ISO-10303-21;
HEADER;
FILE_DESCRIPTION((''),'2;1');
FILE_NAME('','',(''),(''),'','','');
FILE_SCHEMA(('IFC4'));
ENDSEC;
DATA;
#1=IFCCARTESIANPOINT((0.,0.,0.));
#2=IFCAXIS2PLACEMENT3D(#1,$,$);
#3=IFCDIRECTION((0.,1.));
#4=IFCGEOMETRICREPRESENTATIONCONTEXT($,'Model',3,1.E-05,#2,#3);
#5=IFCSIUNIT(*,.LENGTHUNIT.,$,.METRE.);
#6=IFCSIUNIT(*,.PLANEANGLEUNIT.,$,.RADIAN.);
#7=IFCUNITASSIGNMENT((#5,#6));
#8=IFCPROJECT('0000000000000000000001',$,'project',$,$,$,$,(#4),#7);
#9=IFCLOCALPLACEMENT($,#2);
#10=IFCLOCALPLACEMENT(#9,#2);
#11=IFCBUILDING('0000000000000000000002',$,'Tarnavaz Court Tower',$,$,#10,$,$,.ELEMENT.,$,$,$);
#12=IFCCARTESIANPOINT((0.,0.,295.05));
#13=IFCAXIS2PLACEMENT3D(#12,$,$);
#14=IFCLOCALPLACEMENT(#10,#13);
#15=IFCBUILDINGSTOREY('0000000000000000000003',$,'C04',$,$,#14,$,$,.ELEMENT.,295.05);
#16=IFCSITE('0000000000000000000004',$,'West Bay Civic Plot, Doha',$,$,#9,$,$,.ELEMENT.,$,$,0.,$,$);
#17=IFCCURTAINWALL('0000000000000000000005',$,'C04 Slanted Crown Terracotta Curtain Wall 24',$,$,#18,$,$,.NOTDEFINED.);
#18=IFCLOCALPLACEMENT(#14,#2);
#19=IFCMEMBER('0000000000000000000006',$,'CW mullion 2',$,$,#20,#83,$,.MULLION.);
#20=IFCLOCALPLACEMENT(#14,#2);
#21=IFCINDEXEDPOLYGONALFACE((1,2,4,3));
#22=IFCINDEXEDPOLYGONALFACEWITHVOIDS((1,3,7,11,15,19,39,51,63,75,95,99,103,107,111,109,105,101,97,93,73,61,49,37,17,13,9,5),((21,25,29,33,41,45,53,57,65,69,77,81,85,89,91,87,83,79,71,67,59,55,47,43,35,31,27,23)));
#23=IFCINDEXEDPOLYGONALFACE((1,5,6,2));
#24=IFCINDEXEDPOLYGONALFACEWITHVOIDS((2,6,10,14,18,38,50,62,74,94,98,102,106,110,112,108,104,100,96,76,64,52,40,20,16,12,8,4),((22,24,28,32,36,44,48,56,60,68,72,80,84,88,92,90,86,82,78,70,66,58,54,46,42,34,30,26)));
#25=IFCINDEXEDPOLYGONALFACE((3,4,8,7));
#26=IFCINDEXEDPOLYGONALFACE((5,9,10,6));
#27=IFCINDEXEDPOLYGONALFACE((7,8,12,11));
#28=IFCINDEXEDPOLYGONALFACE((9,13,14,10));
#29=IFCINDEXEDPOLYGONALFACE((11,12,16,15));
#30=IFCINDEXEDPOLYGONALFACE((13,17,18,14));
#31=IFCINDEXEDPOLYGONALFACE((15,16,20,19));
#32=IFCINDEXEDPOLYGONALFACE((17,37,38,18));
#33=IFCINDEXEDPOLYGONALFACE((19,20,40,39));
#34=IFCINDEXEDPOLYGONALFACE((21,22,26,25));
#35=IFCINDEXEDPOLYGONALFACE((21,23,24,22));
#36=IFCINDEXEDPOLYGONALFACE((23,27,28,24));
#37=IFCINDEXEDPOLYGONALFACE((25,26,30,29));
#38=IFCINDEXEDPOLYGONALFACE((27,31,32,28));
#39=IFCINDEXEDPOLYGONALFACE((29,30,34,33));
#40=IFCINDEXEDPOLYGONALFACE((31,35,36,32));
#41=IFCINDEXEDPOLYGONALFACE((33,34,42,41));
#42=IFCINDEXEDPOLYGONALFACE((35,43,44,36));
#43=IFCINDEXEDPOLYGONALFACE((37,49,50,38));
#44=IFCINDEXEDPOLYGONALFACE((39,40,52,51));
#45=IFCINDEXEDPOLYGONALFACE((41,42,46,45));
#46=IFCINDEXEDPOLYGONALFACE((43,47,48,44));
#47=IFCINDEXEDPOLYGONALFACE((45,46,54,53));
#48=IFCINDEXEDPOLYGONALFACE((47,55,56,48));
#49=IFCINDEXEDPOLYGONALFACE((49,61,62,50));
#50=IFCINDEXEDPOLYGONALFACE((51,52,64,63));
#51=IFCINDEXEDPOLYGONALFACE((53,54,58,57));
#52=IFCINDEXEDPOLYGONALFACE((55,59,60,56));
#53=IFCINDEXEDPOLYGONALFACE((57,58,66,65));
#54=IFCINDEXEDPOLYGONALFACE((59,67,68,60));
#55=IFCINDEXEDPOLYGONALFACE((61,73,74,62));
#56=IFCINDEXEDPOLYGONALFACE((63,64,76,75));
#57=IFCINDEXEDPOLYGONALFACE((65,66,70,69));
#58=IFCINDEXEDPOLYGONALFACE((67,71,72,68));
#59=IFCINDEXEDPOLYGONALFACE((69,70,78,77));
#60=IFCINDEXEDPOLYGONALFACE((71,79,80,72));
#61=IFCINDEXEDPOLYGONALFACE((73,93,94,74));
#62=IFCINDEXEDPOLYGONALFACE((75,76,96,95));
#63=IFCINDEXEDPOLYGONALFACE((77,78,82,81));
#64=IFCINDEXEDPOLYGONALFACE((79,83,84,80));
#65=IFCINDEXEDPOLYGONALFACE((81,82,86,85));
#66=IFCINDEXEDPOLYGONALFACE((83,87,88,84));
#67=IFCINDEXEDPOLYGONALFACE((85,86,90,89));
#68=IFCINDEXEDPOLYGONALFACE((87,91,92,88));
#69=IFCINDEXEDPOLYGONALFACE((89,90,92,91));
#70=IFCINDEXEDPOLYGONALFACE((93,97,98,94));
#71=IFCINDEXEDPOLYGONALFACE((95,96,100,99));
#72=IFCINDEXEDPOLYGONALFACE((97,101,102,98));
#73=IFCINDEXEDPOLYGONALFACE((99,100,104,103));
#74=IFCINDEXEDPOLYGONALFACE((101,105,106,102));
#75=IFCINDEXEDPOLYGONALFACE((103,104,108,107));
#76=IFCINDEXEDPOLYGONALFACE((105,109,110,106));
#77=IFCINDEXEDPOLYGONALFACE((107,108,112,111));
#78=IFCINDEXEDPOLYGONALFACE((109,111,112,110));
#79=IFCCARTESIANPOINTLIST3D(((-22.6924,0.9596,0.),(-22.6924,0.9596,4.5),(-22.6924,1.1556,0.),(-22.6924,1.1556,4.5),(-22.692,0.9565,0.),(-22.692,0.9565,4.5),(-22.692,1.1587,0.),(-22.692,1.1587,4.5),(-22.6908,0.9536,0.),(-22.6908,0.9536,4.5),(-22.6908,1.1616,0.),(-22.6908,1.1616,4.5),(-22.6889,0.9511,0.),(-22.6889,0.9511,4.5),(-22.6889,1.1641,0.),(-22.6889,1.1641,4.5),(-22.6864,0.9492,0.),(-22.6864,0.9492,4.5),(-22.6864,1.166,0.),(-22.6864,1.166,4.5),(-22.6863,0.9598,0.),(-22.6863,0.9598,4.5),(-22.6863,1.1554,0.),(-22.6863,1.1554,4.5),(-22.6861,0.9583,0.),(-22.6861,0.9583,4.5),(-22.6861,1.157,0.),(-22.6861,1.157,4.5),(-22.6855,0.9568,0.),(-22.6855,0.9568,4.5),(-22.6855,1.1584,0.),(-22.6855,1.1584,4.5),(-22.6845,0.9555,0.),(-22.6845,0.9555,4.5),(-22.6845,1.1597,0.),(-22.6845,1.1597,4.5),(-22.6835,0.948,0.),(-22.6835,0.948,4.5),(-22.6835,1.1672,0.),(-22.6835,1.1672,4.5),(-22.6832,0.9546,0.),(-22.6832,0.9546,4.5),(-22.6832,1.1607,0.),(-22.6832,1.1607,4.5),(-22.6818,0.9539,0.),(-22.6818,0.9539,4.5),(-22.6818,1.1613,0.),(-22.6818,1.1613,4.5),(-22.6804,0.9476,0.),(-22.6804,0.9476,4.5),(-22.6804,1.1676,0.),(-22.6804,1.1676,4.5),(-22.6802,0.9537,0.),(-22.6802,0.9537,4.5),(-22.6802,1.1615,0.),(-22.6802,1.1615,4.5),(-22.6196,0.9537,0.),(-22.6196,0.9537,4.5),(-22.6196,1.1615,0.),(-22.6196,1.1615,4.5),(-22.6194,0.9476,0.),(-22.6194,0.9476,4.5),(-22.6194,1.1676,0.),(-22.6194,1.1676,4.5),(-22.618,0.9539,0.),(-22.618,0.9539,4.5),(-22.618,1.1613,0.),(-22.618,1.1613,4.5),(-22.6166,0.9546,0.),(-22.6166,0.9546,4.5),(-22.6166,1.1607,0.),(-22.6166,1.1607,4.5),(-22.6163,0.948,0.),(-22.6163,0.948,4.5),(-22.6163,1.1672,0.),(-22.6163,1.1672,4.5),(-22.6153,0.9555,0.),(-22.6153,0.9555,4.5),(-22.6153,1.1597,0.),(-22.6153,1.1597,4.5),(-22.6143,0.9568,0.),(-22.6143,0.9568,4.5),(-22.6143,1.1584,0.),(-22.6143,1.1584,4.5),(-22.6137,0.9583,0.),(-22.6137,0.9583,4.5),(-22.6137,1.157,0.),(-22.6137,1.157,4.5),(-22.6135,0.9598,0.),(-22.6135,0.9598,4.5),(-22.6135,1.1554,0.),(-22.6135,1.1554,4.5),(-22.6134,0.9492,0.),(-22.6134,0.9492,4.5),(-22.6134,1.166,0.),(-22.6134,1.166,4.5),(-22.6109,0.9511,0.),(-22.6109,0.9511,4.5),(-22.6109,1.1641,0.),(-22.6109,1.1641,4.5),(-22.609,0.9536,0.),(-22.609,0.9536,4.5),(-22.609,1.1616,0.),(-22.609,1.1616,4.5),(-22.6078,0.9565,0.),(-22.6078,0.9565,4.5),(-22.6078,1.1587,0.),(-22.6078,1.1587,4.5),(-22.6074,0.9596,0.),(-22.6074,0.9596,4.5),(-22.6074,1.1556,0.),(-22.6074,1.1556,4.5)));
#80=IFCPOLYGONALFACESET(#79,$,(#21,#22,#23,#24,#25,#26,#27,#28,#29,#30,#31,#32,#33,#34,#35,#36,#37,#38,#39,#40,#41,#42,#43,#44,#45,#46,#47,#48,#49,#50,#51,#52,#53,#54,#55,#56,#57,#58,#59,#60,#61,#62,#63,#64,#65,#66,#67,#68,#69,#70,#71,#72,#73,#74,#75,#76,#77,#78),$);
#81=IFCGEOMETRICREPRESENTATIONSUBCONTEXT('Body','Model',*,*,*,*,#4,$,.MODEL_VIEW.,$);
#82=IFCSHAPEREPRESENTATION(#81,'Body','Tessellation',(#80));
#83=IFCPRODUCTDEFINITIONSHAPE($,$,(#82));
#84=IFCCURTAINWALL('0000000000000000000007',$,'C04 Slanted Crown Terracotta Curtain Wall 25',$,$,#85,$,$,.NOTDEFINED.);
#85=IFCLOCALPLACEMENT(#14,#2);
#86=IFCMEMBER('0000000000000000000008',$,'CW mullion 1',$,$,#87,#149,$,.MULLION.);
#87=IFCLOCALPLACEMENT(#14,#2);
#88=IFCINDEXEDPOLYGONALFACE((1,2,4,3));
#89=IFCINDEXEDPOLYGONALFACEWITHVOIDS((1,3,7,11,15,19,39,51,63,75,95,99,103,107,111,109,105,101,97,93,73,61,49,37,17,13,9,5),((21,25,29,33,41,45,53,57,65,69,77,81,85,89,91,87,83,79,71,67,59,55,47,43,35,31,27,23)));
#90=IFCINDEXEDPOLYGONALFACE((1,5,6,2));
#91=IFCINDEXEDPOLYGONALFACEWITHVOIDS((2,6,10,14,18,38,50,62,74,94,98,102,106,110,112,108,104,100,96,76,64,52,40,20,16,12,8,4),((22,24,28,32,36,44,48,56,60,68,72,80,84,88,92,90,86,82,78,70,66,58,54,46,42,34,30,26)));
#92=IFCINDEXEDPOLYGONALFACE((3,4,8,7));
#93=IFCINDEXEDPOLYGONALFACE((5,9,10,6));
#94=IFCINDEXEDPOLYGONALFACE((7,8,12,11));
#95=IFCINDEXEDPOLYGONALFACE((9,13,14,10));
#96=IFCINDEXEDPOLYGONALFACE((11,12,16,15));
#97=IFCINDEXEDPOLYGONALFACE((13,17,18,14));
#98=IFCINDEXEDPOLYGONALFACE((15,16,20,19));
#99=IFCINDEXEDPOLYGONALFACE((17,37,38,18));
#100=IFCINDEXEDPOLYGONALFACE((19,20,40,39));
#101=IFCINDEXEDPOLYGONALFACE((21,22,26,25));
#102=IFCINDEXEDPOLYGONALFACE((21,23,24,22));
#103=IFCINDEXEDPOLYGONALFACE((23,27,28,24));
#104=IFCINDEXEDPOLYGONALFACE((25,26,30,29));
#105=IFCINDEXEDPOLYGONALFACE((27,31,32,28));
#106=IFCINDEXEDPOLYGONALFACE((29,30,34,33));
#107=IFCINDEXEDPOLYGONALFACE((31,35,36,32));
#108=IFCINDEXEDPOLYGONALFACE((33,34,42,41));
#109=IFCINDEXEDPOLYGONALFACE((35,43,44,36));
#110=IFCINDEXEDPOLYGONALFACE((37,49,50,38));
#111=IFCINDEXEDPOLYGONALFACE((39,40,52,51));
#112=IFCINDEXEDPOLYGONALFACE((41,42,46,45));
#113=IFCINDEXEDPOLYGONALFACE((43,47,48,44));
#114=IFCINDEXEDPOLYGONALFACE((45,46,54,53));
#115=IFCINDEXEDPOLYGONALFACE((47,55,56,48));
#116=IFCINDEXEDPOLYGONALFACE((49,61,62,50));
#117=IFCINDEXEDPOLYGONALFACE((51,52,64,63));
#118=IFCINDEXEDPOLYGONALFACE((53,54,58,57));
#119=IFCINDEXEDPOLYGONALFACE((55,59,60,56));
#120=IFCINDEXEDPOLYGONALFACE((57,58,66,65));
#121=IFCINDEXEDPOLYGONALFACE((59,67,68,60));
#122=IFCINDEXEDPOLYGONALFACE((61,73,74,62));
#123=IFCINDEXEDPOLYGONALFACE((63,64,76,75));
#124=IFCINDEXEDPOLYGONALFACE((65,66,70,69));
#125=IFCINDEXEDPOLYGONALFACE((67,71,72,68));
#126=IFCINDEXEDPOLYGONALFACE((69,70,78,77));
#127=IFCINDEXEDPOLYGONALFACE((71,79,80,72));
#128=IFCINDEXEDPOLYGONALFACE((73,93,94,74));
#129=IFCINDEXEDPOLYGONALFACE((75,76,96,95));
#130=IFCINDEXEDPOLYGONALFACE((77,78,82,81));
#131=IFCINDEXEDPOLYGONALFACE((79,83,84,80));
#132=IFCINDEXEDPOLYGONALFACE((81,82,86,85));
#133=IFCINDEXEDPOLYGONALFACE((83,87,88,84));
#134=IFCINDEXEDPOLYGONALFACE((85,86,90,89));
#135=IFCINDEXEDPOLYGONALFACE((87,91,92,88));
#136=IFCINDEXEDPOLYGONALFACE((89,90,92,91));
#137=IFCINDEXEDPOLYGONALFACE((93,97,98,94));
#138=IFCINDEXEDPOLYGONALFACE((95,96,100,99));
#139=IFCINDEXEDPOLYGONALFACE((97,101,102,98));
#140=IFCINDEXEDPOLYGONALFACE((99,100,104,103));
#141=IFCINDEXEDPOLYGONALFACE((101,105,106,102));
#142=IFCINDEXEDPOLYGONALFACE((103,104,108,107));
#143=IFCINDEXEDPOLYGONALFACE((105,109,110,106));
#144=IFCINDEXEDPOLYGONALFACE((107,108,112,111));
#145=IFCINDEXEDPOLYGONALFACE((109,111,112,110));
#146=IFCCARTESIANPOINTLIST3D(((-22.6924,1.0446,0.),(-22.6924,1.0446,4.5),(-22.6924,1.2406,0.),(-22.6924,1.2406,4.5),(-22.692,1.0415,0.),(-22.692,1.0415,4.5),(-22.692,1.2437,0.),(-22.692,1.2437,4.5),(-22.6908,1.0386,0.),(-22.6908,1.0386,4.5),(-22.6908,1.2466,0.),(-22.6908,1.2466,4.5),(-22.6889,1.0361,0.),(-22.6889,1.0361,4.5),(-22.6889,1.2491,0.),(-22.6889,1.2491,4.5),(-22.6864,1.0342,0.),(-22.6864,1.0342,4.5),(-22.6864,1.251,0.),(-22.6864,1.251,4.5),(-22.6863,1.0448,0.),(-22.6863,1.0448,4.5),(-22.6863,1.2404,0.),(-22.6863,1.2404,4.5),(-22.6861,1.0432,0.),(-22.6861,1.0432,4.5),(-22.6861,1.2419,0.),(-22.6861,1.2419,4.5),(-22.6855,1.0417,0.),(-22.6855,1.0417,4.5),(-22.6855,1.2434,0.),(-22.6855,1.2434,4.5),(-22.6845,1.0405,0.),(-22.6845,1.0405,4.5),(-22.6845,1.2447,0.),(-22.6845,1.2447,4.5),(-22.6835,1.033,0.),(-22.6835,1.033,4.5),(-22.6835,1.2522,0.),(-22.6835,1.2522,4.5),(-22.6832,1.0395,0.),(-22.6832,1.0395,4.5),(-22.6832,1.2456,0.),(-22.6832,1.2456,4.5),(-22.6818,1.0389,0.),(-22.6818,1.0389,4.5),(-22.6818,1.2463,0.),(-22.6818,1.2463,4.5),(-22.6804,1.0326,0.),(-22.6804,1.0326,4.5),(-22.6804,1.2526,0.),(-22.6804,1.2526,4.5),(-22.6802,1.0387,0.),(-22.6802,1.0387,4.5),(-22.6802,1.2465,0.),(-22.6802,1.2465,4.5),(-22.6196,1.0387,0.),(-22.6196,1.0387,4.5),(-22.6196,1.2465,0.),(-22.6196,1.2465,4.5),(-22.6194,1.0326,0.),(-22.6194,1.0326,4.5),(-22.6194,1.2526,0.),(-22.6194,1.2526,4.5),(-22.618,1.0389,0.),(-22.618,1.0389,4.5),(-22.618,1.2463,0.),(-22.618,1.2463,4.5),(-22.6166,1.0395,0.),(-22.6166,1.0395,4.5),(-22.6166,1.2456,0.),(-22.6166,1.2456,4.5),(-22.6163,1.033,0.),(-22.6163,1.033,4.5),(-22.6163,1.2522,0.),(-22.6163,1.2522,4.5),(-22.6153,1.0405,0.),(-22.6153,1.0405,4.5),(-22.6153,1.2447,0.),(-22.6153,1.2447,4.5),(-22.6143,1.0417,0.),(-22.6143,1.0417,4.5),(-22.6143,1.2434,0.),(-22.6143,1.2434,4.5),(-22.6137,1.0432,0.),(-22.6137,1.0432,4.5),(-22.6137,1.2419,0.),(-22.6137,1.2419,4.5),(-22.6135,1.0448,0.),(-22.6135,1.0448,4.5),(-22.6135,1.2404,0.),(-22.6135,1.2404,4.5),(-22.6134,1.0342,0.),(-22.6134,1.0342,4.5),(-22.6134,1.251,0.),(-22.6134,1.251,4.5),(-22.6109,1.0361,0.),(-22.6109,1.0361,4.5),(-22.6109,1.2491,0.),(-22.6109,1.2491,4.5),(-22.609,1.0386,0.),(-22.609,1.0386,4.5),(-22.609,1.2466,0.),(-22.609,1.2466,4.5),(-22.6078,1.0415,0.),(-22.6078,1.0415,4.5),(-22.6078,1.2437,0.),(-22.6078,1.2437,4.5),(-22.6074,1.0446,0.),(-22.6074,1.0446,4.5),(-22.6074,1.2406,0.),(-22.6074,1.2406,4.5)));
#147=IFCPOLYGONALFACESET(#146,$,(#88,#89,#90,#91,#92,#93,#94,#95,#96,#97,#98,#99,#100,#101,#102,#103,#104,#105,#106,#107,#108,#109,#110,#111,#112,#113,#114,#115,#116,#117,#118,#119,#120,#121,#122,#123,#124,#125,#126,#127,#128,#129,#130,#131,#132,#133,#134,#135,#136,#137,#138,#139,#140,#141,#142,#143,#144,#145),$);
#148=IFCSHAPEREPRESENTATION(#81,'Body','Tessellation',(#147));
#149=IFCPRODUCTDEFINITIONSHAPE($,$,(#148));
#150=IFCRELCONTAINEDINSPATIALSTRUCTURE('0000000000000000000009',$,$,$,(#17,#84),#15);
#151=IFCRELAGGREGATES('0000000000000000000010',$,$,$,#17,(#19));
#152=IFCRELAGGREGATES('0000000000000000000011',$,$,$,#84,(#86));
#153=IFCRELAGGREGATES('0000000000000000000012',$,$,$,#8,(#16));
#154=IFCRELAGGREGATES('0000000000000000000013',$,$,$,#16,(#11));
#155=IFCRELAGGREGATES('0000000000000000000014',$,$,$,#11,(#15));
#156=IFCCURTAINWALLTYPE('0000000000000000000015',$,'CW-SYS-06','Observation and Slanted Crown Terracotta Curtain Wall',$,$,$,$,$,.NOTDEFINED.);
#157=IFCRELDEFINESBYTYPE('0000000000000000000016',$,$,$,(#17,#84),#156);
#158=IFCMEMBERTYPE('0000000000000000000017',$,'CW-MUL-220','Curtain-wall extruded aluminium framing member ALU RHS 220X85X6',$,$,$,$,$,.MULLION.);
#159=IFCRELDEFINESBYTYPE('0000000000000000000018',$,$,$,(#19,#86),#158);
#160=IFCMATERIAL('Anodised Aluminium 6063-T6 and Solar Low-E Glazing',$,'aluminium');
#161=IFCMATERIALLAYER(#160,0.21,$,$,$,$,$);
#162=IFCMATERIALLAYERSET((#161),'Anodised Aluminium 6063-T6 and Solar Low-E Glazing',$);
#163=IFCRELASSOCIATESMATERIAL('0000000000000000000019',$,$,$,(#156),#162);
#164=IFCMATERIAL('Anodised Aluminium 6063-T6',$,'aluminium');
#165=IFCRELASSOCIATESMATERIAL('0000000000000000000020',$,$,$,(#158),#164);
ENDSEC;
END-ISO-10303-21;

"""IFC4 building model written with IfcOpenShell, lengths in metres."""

from ifc_helpers import new_model, si_unit, direction, frame, origin, origin_2d, place, context, subcontext, project, spatial, hollow_rectangle, extrude, material, layer, layer_set, material_profile, profile_set, type_object, element, aggregate, save


model = new_model("IFC4")

# Units and contexts
model_context = context("Model", 3, precision=1e-05, world=origin(), true_north=direction((0.0, 1.0)))
body_context = subcontext(model_context, "Body", "Model", "MODEL_VIEW")
ifc_project = project(units=[si_unit("LENGTHUNIT", "METRE"), si_unit("PLANEANGLEUNIT", "RADIAN")], contexts=[model_context])

# Site, building, storey
site_placement = place(None, origin())
site = spatial("IfcSite", under=ifc_project, at=site_placement, Name="West Bay Civic Plot, Doha", CompositionType="ELEMENT", RefElevation=0.0)
building_placement = place(site_placement, origin())
building = spatial("IfcBuilding", under=site, at=building_placement, Name="Tarnavaz Court Tower", CompositionType="ELEMENT")
storey_placement = place(building_placement, frame((0.0, 0.0, 295.05)))
storey = spatial("IfcBuildingStorey", under=building, at=storey_placement, Name="C04", CompositionType="ELEMENT", Elevation=295.05)

# Shared definitions
ifc_material_1 = material(Name="Anodised Aluminium 6063-T6 and Solar Low-E Glazing", Category="aluminium")
ifc_layer_1 = layer(ifc_material_1, 0.21)
ifc_layer_set_1 = layer_set([ifc_layer_1], Name="Anodised Aluminium 6063-T6 and Solar Low-E Glazing")
curtain_wall_type = type_object("IfcCurtainWallType", Name="CW-SYS-06", Description="Observation and Slanted Crown Terracotta Curtain Wall", PredefinedType="NOTDEFINED", material=ifc_layer_set_1)
ifc_material_2 = material(Name="Anodised Aluminium 6063-T6", Category="aluminium")
ifc_material_profile_1 = material_profile(ifc_material_2, hollow_rectangle(XDim=0.085, YDim=0.22, WallThickness=0.0061, InnerFilletRadius=0.0061, OuterFilletRadius=0.012, at=origin_2d()), Name="ALU RHS 220X85X6")
ifc_profile_set_1 = profile_set([ifc_material_profile_1], Name="Anodised Aluminium 6063-T6")
member_type_1 = type_object("IfcMemberType", Name="CW-MUL-220", Description="Curtain-wall extruded aluminium framing member ALU RHS 220X85X6", PredefinedType="MULLION", material=ifc_profile_set_1)

# Curtain walls, members
curtain_wall_1_placement = place(storey_placement, origin())
curtain_wall_1 = element("IfcCurtainWall", 1, at=curtain_wall_1_placement, inside=storey, type_object=curtain_wall_type, Name="C04 Slanted Crown Terracotta Curtain Wall 24", PredefinedType="NOTDEFINED")
member_1_placement = place(storey_placement, frame((-22.6499, 1.0576, 0.0), z_axis=(0.0, 0.0, 1.0), x_axis=(-1.0, 0.0, 0.0)))
member_1 = element("IfcMember", 2, at=member_1_placement, type_object=member_type_1, Name="CW mullion 2", PredefinedType="MULLION", context=body_context, shape_type="SweptSolid", body=[
    extrude(hollow_rectangle(XDim=0.085, YDim=0.22, WallThickness=0.0061, InnerFilletRadius=0.0061, OuterFilletRadius=0.012, at=origin_2d()), origin(), (0.0, 0.0, 1.0), 4.5),
])
curtain_wall_2_placement = place(storey_placement, origin())
curtain_wall_2 = element("IfcCurtainWall", 3, at=curtain_wall_2_placement, inside=storey, type_object=curtain_wall_type, Name="C04 Slanted Crown Terracotta Curtain Wall 25", PredefinedType="NOTDEFINED")
member_2_placement = place(storey_placement, frame((-22.6499, 1.1426, 0.0), z_axis=(0.0, 0.0, 1.0), x_axis=(-1.0, 0.0, 0.0)))
member_2 = element("IfcMember", 4, at=member_2_placement, type_object=member_type_1, Name="CW mullion 1", PredefinedType="MULLION", context=body_context, shape_type="SweptSolid", body=[
    extrude(hollow_rectangle(XDim=0.085, YDim=0.22, WallThickness=0.0061, InnerFilletRadius=0.0061, OuterFilletRadius=0.012, at=origin_2d()), origin(), (0.0, 0.0, 1.0), 4.5),
])

aggregate(curtain_wall_1, [member_1])
aggregate(curtain_wall_2, [member_2])

save(model, "model.ifc")
